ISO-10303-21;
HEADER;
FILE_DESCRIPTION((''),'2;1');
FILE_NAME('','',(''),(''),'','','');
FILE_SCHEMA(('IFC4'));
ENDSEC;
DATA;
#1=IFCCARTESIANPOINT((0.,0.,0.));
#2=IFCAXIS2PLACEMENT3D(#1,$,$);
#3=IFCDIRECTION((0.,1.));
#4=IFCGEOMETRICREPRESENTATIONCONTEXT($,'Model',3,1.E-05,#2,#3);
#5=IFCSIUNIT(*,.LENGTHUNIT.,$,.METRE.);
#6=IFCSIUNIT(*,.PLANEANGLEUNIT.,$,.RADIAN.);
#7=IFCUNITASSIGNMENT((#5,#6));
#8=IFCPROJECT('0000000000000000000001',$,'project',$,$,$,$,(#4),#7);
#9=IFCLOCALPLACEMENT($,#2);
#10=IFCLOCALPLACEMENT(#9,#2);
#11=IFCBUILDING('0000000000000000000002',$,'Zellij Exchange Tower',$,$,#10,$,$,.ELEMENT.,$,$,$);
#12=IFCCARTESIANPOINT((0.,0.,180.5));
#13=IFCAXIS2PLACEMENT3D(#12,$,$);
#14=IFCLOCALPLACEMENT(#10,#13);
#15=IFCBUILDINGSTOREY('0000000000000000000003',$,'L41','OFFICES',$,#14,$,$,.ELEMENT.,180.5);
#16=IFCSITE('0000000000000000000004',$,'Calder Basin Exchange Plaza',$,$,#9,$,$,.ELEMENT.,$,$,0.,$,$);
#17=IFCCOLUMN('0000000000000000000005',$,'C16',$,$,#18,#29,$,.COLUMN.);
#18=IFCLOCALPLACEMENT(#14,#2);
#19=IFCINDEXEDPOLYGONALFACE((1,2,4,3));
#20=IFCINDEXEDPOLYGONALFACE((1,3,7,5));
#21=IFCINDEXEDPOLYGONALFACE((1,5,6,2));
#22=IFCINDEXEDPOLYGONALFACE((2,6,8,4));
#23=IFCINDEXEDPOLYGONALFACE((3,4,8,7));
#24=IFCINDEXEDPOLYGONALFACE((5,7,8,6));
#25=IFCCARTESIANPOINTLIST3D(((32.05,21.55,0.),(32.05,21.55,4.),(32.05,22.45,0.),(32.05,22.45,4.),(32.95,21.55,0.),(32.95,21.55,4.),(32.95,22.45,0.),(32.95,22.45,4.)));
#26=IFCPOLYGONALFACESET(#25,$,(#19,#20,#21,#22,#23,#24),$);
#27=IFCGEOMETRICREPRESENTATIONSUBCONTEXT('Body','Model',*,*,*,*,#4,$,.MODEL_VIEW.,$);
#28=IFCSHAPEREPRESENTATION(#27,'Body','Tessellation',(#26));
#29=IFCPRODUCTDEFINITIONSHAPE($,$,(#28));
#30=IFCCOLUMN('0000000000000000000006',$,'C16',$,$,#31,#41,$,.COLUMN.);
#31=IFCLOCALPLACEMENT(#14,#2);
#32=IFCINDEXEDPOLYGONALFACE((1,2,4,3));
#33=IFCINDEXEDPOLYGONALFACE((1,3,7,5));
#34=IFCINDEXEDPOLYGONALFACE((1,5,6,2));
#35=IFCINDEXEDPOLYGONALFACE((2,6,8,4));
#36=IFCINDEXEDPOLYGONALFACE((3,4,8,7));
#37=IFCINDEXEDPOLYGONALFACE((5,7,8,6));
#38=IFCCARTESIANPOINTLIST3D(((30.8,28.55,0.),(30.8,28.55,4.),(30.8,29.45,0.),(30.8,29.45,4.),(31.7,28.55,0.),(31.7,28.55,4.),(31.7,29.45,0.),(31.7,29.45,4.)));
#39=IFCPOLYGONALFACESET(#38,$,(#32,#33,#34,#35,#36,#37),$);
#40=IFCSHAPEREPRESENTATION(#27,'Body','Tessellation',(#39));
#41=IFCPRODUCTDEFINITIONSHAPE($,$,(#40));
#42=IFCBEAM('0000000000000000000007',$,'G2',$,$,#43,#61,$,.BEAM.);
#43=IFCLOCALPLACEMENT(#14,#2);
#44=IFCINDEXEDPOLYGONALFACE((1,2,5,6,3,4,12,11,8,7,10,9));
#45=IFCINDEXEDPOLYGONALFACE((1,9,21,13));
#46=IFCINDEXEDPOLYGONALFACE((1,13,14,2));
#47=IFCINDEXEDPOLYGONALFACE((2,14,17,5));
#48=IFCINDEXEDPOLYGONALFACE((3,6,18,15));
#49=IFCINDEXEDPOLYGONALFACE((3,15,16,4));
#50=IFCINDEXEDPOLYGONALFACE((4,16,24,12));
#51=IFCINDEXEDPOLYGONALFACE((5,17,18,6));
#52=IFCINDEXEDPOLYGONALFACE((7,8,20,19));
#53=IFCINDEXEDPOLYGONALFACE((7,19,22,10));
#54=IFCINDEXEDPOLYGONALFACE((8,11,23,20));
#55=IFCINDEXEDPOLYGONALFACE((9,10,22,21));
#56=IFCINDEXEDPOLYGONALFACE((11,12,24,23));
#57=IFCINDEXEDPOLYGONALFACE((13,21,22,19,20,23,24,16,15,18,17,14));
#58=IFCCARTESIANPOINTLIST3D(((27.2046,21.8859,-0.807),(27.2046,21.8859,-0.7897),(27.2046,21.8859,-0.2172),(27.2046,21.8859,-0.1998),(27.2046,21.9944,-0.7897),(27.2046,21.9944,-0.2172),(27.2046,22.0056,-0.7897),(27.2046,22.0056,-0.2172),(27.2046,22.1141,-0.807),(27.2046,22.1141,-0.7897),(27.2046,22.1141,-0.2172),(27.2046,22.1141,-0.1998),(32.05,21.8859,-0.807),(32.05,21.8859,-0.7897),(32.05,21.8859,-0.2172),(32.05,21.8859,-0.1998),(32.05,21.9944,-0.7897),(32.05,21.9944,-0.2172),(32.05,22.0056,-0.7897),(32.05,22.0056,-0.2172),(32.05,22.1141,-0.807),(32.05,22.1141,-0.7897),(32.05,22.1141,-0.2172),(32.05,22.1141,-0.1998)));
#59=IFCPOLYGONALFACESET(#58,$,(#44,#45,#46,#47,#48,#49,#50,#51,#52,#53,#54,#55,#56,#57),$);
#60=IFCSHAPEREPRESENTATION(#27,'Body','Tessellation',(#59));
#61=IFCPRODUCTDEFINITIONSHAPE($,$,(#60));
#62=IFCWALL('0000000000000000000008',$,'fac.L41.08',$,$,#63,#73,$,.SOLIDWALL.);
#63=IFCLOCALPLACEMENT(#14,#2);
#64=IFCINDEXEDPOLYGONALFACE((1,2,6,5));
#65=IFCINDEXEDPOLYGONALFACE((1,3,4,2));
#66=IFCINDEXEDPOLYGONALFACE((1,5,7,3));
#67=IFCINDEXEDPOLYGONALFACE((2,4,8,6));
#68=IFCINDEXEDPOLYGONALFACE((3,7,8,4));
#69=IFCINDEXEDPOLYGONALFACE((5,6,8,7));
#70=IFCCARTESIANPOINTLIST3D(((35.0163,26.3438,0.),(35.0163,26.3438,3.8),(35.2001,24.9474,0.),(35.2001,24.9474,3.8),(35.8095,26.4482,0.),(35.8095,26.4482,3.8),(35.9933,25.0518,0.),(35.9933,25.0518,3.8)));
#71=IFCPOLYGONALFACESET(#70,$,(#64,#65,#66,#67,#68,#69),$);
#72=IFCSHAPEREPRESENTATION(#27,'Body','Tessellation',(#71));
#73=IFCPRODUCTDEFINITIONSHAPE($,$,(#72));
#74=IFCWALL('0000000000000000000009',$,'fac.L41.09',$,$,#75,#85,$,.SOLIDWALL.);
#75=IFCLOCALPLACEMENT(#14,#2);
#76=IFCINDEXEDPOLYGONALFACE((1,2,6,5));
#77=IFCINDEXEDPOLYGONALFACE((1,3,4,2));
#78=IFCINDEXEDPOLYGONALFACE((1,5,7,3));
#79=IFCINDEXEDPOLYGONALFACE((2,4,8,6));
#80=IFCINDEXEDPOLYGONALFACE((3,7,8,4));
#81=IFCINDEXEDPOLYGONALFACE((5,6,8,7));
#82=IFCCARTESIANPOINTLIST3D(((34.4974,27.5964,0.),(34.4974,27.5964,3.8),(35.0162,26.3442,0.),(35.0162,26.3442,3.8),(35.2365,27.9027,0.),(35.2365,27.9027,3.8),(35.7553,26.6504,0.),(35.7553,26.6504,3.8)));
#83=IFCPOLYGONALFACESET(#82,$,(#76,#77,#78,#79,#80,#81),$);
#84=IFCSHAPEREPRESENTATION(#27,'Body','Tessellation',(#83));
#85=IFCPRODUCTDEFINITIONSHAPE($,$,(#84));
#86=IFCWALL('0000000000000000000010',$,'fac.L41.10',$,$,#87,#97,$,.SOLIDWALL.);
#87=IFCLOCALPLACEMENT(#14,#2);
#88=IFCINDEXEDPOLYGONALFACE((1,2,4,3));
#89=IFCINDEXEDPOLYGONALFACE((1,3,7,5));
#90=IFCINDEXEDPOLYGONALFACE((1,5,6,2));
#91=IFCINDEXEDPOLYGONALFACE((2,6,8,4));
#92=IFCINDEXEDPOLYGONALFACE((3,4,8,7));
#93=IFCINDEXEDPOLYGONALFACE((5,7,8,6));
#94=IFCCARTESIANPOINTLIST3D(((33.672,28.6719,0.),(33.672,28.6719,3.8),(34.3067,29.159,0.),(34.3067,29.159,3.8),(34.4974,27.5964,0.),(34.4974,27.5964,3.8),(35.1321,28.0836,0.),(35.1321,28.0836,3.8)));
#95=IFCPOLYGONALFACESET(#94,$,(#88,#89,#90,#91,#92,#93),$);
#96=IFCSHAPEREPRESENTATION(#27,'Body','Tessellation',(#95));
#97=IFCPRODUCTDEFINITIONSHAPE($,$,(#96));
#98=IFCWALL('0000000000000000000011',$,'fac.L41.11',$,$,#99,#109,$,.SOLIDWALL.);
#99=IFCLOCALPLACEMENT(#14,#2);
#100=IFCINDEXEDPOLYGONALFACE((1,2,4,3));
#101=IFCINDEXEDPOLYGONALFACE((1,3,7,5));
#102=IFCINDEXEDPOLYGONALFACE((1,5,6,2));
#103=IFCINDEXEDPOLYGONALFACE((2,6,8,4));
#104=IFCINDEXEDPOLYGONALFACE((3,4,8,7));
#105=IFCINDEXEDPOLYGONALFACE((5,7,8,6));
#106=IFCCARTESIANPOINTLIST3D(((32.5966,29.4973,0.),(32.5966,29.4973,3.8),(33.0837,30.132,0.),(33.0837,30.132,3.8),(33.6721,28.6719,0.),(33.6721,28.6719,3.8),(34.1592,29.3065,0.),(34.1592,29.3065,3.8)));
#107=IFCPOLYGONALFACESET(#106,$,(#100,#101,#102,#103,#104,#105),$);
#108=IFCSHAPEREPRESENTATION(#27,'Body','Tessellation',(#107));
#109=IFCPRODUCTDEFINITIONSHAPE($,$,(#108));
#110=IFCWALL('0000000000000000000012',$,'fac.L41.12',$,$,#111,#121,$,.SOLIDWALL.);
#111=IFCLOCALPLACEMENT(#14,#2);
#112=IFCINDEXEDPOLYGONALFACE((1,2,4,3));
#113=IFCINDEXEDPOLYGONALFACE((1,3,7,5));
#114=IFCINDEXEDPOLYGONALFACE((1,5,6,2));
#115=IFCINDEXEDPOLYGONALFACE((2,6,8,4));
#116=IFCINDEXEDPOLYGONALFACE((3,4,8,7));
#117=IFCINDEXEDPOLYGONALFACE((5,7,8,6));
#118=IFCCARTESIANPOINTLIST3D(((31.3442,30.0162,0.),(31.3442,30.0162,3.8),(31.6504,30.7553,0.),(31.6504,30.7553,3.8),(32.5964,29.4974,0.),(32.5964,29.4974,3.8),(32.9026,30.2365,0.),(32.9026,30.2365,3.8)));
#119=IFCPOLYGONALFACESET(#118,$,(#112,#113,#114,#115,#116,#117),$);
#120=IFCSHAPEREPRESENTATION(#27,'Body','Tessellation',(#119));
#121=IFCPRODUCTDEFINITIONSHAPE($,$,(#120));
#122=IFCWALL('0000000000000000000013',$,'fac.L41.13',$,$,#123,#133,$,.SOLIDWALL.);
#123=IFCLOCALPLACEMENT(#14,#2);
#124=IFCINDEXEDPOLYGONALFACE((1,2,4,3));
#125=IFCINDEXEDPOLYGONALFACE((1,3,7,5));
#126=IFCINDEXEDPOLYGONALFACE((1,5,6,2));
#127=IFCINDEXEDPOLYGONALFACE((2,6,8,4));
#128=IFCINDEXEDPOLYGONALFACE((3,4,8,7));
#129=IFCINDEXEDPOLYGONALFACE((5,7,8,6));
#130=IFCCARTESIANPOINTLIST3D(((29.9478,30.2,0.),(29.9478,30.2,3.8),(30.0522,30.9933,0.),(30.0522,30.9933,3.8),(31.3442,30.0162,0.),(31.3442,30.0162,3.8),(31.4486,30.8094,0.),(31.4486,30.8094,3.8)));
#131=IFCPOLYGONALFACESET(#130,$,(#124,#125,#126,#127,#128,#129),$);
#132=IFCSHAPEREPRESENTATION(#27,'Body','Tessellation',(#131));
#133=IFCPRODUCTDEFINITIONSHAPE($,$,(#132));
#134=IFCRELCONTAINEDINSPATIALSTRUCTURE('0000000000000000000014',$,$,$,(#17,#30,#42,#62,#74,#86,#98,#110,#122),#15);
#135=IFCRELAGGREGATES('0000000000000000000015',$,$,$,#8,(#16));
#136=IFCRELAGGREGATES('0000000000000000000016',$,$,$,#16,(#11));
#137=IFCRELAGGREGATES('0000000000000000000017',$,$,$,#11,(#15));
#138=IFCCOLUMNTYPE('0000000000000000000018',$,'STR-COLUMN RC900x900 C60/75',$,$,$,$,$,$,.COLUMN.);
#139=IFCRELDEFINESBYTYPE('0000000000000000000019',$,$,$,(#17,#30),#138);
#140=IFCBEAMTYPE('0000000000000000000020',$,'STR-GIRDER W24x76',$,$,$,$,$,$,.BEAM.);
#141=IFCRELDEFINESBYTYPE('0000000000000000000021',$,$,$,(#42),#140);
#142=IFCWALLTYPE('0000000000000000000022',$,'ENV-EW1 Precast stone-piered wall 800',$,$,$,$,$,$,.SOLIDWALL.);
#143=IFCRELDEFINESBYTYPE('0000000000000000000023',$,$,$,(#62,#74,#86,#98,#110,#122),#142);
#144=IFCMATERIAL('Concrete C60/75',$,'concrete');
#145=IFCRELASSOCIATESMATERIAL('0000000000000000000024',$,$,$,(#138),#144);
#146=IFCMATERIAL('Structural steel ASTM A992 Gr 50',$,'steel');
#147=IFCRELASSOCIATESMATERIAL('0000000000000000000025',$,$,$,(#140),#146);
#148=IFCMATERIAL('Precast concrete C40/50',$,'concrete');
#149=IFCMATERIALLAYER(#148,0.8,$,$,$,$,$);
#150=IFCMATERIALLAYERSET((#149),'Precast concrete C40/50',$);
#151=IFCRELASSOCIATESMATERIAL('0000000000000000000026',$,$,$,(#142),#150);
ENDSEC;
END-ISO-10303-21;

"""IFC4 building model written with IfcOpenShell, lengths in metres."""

from ifc_helpers import new_model, si_unit, direction, frame, frame_2d, origin, origin_2d, place, context, subcontext, project, spatial, rectangle, i_section, extrude, material, layer, layer_set, material_profile, profile_set, type_object, element, save


model = new_model("IFC4")

# Units and contexts
model_context = context("Model", 3, precision=1e-05, world=origin(), true_north=direction((0.0, 1.0)))
body_context = subcontext(model_context, "Body", "Model", "MODEL_VIEW")
ifc_project = project(units=[si_unit("LENGTHUNIT", "METRE"), si_unit("PLANEANGLEUNIT", "RADIAN")], contexts=[model_context])

# Site, building, storey
site_placement = place(None, origin())
site = spatial("IfcSite", under=ifc_project, at=site_placement, Name="Calder Basin Exchange Plaza", CompositionType="ELEMENT", RefElevation=0.0)
building_placement = place(site_placement, origin())
building = spatial("IfcBuilding", under=site, at=building_placement, Name="Zellij Exchange Tower", CompositionType="ELEMENT")
storey_placement = place(building_placement, frame((0.0, 0.0, 180.5)))
storey = spatial("IfcBuildingStorey", under=building, at=storey_placement, Name="L41", Description="OFFICES", CompositionType="ELEMENT", Elevation=180.5)

# Columns
ifc_material_1 = material(Name="Concrete C60/75", Category="concrete")
ifc_material_profile_1 = material_profile(ifc_material_1, rectangle(XDim=0.8999, YDim=0.8999, at=origin_2d()), Name="STR-COLUMN RC900x900 C60/75")
ifc_profile_set_1 = profile_set([ifc_material_profile_1], Name="Concrete C60/75")
column_type = type_object("IfcColumnType", Name="STR-COLUMN RC900x900 C60/75", PredefinedType="COLUMN", material=ifc_profile_set_1)
for number, where, z_axis, x_axis, name in (
    (1, (32.5, 22.0, 0.0), (0.0, 0.0, 1.0), (1.0, 0.0, 0.0), "C16"),
    (2, (31.25, 29.0, 0.0), (0.0, 0.0, 1.0), (1.0, 0.0, 0.0), "C16"),
):
    element("IfcColumn", number, at=place(storey_placement, frame(where, z_axis=z_axis, x_axis=x_axis)), inside=storey, type_object=column_type, Name=name, PredefinedType="COLUMN", context=body_context, shape_type="SweptSolid", body=[
        extrude(rectangle(XDim=0.8999, YDim=0.8999, at=origin_2d()), origin(), (0.0, 0.0, 1.0), 4.0),
    ])

# Beam
ifc_material_2 = material(Name="Structural steel ASTM A992 Gr 50", Category="steel")
ifc_material_profile_2 = material_profile(ifc_material_2, i_section(OverallWidth=0.2283, OverallDepth=0.6072, WebThickness=0.0112, FlangeThickness=0.0173, at=origin_2d()), Name="W24x76")
ifc_profile_set_2 = profile_set([ifc_material_profile_2], Name="Structural steel ASTM A992 Gr 50")
beam_type = type_object("IfcBeamType", Name="STR-GIRDER W24x76", PredefinedType="BEAM", material=ifc_profile_set_2)
beam_placement = place(storey_placement, frame((27.2046, 22.0, -0.5034), z_axis=(1.0, 0.0, 0.0), x_axis=(0.0, 1.0, 0.0)))
element("IfcBeam", 3, at=beam_placement, inside=storey, type_object=beam_type, Name="G2", PredefinedType="BEAM", context=body_context, shape_type="SweptSolid", body=[
    extrude(i_section(OverallWidth=0.2283, OverallDepth=0.6072, WebThickness=0.0112, FlangeThickness=0.0173, at=origin_2d()), origin(), (0.0, 0.0, 1.0), 4.8455),
])

# Walls
ifc_material_3 = material(Name="Precast concrete C40/50", Category="concrete")
ifc_layer_1 = layer(ifc_material_3, 0.8)
ifc_layer_set_1 = layer_set([ifc_layer_1], Name="Precast concrete C40/50")
wall_type = type_object("IfcWallType", Name="ENV-EW1 Precast stone-piered wall 800", PredefinedType="SOLIDWALL", material=ifc_layer_set_1)
wall_1_placement = place(storey_placement, frame((35.5967, 24.9998, 0.0), z_axis=(0.0, 0.0, 1.0), x_axis=(-0.130517, 0.991446, 0.0)))
element("IfcWall", 4, at=wall_1_placement, inside=storey, type_object=wall_type, Name="fac.L41.08", PredefinedType="SOLIDWALL", context=body_context, shape_type="SweptSolid", body=[
    extrude(rectangle(XDim=1.4084, YDim=0.8, at=frame_2d((0.7041, 0.0))), origin(), (0.0, 0.0, 1.0), 3.8),
])
wall_2_placement = place(storey_placement, frame((35.3857, 26.4973, 0.0), z_axis=(0.0, 0.0, 1.0), x_axis=(-0.38276, 0.923848, 0.0)))
element("IfcWall", 5, at=wall_2_placement, inside=storey, type_object=wall_type, Name="fac.L41.09", PredefinedType="SOLIDWALL", context=body_context, shape_type="SweptSolid", body=[
    extrude(rectangle(XDim=1.3555, YDim=0.8, at=frame_2d((0.6777, 0.0))), origin(), (0.0, 0.0, 1.0), 3.8),
])
for number, where, z_axis, x_axis, name in (
    (6, (34.8147, 27.8401, 0.0), (0.0, 0.0, 1.0), (-0.608866, 0.793273, 0.0), "fac.L41.10"),
    (7, (33.9155, 28.9893, 0.0), (0.0, 0.0, 1.0), (-0.793273, 0.608866, 0.0), "fac.L41.11"),
):
    element("IfcWall", number, at=place(storey_placement, frame(where, z_axis=z_axis, x_axis=x_axis)), inside=storey, type_object=wall_type, Name=name, PredefinedType="SOLIDWALL", context=body_context, shape_type="SweptSolid", body=[
        extrude(rectangle(XDim=1.3557, YDim=0.8, at=frame_2d((0.6777, 0.0))), origin(), (0.0, 0.0, 1.0), 3.8),
    ])
wall_3_placement = place(storey_placement, frame((32.7495, 29.8669, 0.0), z_axis=(0.0, 0.0, 1.0), x_axis=(-0.923848, 0.38276, 0.0)))
element("IfcWall", 8, at=wall_3_placement, inside=storey, type_object=wall_type, Name="fac.L41.12", PredefinedType="SOLIDWALL", context=body_context, shape_type="SweptSolid", body=[
    extrude(rectangle(XDim=1.3555, YDim=0.8, at=frame_2d((0.6777, 0.0))), origin(), (0.0, 0.0, 1.0), 3.8),
])
wall_4_placement = place(storey_placement, frame((31.3962, 30.4128, 0.0), z_axis=(0.0, 0.0, 1.0), x_axis=(-0.991446, 0.130517, 0.0)))
element("IfcWall", 9, at=wall_4_placement, inside=storey, type_object=wall_type, Name="fac.L41.13", PredefinedType="SOLIDWALL", context=body_context, shape_type="SweptSolid", body=[
    extrude(rectangle(XDim=1.4084, YDim=0.8, at=frame_2d((0.7041, 0.0))), origin(), (0.0, 0.0, 1.0), 3.8),
])

save(model, "model.ifc")
